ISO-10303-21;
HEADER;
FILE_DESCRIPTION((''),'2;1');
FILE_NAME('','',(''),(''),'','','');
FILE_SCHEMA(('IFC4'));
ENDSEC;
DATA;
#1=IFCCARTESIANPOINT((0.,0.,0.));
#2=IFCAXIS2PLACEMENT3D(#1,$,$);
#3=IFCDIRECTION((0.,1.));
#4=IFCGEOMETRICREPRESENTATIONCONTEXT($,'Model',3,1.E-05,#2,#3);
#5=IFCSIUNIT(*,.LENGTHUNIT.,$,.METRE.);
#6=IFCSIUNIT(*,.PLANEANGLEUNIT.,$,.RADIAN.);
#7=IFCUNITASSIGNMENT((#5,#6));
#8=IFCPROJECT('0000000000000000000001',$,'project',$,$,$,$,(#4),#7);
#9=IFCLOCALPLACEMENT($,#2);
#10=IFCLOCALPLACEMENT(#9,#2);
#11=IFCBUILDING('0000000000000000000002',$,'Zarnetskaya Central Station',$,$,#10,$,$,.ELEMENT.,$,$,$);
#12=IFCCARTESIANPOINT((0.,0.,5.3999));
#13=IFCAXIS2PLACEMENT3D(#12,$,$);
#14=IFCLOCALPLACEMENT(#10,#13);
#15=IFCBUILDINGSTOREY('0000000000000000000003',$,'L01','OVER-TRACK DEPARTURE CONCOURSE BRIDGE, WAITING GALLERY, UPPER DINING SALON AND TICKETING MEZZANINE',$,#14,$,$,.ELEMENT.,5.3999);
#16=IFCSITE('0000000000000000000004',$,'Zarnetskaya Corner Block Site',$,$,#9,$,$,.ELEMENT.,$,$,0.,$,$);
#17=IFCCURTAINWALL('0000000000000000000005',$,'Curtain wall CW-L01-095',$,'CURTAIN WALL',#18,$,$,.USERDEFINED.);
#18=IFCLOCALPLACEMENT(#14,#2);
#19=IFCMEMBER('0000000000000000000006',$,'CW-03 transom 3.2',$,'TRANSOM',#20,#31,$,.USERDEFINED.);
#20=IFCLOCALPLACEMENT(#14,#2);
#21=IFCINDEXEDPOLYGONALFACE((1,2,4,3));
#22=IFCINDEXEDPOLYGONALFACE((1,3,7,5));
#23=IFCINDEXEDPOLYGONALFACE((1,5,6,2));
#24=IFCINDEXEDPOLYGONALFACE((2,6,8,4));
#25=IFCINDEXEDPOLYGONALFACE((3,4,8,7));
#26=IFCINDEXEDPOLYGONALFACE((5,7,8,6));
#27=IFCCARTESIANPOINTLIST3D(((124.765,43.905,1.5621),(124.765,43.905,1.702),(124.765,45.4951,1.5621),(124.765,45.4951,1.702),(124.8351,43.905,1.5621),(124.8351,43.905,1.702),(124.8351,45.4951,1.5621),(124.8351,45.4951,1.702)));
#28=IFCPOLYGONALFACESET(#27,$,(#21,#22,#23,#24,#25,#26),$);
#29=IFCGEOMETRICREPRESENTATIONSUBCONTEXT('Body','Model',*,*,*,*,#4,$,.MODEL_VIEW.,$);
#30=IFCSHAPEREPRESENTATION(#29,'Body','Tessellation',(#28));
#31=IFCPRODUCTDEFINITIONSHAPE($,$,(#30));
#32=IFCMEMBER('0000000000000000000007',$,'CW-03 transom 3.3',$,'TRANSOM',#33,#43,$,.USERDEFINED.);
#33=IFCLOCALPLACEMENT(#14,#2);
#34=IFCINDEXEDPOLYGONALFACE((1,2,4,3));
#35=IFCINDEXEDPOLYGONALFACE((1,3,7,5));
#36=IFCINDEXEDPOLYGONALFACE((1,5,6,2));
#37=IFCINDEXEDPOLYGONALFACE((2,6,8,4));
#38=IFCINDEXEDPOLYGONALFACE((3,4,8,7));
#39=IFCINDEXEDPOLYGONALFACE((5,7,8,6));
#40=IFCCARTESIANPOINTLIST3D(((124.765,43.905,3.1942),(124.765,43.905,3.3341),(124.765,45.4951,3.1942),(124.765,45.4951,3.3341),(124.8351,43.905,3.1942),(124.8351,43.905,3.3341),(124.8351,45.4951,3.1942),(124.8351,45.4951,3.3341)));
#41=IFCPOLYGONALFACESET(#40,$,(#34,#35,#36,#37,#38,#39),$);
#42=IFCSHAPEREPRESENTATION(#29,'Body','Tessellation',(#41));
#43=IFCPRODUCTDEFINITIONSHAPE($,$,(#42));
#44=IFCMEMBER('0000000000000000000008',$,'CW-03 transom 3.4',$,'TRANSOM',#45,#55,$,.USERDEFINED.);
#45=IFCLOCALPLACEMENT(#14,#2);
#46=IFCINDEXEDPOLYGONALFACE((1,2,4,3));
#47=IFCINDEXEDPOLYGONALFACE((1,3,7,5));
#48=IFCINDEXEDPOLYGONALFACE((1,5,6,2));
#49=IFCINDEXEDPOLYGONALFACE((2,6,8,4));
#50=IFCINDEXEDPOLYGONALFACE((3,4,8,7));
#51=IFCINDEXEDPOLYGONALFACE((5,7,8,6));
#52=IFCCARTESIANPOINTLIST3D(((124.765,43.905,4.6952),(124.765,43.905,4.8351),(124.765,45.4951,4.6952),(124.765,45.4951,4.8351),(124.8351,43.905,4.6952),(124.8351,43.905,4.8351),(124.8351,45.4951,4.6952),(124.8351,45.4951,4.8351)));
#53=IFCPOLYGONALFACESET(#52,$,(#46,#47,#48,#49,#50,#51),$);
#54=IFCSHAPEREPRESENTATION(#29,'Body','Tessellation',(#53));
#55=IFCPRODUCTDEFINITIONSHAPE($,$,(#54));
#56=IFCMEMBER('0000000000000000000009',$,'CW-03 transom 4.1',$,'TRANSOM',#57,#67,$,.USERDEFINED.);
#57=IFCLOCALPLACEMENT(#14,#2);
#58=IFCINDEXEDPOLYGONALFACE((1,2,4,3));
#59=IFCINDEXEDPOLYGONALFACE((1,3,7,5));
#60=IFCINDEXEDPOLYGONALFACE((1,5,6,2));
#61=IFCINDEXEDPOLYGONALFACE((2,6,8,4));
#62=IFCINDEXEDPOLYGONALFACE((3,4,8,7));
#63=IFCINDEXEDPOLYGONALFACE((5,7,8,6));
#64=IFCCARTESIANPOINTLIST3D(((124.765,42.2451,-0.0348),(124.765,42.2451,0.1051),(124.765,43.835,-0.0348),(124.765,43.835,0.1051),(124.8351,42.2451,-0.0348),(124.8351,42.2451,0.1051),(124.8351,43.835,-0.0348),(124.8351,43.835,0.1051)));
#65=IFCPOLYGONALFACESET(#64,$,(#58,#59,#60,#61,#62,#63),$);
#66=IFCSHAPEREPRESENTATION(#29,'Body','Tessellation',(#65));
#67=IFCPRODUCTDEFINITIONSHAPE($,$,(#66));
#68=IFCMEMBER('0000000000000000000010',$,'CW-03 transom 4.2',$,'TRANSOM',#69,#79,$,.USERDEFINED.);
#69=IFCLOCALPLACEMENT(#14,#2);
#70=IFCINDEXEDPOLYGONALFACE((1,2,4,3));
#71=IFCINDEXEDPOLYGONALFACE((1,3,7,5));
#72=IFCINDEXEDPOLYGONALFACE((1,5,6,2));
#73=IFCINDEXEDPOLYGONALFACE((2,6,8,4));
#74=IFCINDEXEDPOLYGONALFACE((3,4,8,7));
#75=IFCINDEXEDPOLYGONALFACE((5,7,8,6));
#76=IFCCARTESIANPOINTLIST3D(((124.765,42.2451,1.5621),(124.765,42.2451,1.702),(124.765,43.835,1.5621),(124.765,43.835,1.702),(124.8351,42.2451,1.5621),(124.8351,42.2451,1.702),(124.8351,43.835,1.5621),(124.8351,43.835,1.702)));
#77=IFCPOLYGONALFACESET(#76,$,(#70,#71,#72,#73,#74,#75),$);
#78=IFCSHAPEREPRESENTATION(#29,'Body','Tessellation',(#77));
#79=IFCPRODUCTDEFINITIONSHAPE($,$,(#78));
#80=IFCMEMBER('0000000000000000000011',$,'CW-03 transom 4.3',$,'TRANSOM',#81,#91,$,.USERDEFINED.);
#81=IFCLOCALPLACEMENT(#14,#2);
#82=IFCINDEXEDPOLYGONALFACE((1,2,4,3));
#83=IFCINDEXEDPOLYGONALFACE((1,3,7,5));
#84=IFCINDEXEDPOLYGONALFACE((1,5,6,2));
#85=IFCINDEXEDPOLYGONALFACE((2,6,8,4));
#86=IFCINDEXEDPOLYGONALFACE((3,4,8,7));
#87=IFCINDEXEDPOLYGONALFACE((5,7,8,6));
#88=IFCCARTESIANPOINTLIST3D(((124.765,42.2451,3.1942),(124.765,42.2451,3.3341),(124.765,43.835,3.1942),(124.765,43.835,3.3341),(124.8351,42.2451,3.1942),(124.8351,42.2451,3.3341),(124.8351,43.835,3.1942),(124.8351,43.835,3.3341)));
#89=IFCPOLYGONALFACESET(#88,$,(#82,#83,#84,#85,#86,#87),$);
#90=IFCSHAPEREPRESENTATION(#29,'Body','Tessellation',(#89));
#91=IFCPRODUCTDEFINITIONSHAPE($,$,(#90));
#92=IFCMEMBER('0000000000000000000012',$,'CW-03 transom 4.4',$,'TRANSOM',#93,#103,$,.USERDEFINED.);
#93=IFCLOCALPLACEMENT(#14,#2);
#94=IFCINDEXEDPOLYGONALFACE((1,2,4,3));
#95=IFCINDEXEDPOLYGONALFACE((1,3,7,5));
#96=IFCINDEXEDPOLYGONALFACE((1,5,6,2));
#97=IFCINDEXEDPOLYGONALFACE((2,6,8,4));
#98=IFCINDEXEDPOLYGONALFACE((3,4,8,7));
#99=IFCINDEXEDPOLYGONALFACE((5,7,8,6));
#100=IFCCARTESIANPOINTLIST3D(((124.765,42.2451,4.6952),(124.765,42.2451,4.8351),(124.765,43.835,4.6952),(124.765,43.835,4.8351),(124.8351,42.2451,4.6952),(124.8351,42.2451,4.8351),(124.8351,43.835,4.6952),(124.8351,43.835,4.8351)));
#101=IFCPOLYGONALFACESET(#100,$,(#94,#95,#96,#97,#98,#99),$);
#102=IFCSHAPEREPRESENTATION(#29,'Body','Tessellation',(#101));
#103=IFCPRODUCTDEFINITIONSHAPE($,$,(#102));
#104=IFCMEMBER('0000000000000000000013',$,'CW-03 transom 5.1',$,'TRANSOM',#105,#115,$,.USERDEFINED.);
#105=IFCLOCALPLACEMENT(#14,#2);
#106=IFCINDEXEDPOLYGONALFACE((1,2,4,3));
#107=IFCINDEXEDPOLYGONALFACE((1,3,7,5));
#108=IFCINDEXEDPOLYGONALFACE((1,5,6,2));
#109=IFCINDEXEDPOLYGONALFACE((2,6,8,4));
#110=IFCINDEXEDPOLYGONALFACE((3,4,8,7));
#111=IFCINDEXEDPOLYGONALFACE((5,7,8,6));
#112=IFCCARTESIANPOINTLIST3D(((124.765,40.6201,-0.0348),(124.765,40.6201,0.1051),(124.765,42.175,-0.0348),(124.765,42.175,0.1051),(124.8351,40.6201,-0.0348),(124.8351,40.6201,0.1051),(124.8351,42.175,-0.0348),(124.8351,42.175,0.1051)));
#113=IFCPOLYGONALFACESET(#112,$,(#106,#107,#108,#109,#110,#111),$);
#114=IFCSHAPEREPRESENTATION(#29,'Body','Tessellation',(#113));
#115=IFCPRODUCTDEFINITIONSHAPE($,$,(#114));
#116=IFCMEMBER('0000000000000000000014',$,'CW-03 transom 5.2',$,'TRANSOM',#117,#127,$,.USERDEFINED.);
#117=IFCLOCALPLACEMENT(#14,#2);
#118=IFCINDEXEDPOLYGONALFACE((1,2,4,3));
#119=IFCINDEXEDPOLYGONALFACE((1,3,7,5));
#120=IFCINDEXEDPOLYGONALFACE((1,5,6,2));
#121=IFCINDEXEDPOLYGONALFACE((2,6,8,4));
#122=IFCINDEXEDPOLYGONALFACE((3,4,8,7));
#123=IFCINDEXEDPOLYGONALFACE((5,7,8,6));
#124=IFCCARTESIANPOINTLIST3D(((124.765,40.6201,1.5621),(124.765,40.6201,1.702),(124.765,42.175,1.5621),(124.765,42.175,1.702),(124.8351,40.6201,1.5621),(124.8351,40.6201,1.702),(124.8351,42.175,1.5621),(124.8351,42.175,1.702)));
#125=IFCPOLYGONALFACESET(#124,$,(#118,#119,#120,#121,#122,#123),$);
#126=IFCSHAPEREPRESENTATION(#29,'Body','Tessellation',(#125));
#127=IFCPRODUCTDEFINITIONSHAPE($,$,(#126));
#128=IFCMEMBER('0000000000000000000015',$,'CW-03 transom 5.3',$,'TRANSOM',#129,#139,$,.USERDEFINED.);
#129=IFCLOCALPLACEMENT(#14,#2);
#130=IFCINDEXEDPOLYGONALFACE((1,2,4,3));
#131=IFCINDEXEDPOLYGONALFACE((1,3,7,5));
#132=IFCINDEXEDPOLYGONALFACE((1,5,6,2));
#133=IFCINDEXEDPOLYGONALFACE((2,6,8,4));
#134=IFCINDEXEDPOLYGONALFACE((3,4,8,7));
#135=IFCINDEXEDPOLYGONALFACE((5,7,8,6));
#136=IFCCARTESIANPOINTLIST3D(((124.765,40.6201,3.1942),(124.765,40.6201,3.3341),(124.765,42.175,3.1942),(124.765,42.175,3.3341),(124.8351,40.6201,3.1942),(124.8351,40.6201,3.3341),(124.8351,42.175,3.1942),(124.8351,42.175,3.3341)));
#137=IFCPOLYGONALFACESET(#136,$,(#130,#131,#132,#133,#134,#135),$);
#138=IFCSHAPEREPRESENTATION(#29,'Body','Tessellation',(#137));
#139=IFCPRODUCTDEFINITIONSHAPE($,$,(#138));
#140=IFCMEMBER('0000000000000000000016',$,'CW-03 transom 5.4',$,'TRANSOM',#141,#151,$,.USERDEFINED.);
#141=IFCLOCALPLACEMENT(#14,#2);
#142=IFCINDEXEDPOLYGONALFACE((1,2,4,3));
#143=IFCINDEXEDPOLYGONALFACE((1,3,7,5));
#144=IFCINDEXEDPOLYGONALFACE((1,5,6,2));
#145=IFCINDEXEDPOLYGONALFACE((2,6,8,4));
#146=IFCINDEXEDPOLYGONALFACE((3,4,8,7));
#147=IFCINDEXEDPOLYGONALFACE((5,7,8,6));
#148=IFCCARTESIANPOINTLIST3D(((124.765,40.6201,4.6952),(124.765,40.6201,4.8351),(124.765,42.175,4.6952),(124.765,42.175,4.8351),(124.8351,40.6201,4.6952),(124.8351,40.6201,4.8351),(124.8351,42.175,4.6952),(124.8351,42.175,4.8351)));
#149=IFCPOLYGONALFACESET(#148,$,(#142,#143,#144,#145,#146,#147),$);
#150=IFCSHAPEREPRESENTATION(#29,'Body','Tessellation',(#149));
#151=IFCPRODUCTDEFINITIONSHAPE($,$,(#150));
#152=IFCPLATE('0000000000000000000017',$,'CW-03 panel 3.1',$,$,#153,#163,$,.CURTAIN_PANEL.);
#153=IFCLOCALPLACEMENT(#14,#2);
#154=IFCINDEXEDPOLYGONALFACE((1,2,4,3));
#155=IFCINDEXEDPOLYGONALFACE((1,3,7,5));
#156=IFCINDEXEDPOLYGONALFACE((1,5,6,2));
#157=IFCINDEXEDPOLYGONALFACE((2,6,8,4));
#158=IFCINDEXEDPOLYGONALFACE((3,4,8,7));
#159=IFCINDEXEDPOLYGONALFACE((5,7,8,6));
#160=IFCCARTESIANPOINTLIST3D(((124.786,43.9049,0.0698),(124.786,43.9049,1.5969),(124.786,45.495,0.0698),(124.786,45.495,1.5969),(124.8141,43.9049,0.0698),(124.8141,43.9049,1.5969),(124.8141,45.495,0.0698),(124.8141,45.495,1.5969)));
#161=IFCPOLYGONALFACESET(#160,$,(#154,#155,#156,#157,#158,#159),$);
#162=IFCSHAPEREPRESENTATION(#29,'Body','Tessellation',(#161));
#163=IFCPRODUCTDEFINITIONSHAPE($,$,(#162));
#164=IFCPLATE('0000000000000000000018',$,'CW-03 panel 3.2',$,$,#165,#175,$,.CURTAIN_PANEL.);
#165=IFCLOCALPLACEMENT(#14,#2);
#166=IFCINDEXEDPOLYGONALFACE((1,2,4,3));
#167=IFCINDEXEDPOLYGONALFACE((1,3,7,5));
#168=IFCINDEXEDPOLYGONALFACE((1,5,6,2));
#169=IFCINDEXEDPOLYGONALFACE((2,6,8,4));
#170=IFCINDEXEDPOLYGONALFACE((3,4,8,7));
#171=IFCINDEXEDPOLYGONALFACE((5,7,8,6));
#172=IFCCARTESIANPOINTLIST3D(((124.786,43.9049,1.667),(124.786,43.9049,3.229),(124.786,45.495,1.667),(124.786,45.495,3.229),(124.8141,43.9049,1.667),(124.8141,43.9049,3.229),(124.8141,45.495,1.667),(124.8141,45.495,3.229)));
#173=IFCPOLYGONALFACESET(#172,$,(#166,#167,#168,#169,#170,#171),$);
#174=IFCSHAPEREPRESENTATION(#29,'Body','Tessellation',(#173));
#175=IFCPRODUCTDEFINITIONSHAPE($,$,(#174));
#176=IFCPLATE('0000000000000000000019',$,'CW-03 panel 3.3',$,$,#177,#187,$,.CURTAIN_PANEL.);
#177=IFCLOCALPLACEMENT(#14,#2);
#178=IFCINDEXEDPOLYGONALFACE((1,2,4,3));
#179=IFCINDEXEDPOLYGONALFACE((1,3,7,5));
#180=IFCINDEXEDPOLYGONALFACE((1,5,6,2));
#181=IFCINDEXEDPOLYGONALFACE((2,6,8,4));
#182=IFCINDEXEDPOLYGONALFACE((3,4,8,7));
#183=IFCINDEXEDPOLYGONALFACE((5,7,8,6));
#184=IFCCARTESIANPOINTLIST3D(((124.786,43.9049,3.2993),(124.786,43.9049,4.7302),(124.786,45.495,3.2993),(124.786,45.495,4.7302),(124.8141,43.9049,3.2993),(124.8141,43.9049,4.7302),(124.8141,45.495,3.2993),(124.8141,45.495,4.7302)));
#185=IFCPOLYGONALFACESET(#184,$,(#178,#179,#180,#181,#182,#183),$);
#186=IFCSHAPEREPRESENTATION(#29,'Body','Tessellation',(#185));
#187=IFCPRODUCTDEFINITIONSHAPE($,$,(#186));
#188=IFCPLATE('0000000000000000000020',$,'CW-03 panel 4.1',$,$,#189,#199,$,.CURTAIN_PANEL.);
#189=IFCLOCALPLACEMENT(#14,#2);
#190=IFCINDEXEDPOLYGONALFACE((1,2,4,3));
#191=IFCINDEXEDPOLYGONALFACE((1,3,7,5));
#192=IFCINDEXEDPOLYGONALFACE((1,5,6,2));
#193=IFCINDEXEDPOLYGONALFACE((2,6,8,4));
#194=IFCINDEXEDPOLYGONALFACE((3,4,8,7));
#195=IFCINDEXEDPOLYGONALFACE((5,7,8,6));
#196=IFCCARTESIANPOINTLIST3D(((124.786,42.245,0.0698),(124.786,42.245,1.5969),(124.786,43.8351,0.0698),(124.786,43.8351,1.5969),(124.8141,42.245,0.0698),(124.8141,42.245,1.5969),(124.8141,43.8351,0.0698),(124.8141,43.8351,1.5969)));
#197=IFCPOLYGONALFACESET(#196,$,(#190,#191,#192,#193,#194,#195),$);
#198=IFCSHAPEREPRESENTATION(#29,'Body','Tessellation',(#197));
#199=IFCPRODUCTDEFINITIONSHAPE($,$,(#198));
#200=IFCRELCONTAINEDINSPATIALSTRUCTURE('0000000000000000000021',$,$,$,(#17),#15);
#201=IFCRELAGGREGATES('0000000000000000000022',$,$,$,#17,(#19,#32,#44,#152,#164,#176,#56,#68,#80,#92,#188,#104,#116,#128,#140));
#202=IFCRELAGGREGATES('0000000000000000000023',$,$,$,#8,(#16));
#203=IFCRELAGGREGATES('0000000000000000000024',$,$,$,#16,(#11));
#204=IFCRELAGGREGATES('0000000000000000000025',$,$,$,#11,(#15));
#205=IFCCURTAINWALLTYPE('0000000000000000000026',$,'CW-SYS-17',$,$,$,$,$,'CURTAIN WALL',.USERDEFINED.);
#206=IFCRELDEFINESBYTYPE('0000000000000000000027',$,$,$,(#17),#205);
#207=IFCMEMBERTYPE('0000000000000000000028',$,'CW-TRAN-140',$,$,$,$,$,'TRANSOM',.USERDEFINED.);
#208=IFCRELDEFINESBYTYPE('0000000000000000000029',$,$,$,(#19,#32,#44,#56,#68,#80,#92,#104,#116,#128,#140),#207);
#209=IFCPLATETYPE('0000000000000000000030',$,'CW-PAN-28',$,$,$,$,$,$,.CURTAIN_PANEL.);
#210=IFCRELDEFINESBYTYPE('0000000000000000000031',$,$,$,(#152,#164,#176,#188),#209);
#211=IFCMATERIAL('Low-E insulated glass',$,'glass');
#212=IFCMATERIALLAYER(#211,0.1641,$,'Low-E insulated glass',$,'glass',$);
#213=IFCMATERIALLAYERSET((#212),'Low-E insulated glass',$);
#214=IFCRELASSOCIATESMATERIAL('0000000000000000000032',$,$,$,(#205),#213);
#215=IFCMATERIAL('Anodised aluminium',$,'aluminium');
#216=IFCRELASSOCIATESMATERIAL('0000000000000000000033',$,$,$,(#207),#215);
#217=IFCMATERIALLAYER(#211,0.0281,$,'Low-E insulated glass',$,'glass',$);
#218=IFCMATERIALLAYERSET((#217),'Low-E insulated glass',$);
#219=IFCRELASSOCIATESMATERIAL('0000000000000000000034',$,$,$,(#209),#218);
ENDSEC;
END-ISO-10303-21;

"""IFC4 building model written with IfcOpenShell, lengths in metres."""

from ifc_helpers import new_model, si_unit, direction, frame, origin, origin_2d, place, context, subcontext, project, spatial, rectangle, extrude, material, layer, layer_set, material_profile, profile_set, type_object, element, aggregate, save


model = new_model("IFC4")

# Units and contexts
model_context = context("Model", 3, precision=1e-05, world=origin(), true_north=direction((0.0, 1.0)))
body_context = subcontext(model_context, "Body", "Model", "MODEL_VIEW")
ifc_project = project(units=[si_unit("LENGTHUNIT", "METRE"), si_unit("PLANEANGLEUNIT", "RADIAN")], contexts=[model_context])

# Site, building, storey
site_placement = place(None, origin())
site = spatial("IfcSite", under=ifc_project, at=site_placement, Name="Zarnetskaya Corner Block Site", CompositionType="ELEMENT", RefElevation=0.0)
building_placement = place(site_placement, origin())
building = spatial("IfcBuilding", under=site, at=building_placement, Name="Zarnetskaya Central Station", CompositionType="ELEMENT")
storey_placement = place(building_placement, frame((0.0, 0.0, 5.3999)))
storey = spatial("IfcBuildingStorey", under=building, at=storey_placement, Name="L01", Description="OVER-TRACK DEPARTURE CONCOURSE BRIDGE, WAITING GALLERY, UPPER DINING SALON AND TICKETING MEZZANINE", CompositionType="ELEMENT", Elevation=5.3999)

# Curtain wall, members, plates
ifc_material_1 = material(Name="Low-E insulated glass", Category="glass")
ifc_layer_1 = layer(ifc_material_1, 0.1641, Name="Low-E insulated glass", Category="glass")
ifc_layer_set_1 = layer_set([ifc_layer_1], Name="Low-E insulated glass")
curtain_wall_type = type_object("IfcCurtainWallType", Name="CW-SYS-17", ElementType="CURTAIN WALL", PredefinedType="USERDEFINED", material=ifc_layer_set_1)
curtain_wall_placement = place(storey_placement, origin())
curtain_wall = element("IfcCurtainWall", 1, at=curtain_wall_placement, inside=storey, type_object=curtain_wall_type, Name="Curtain wall CW-L01-095", ObjectType="CURTAIN WALL", PredefinedType="USERDEFINED")
ifc_material_2 = material(Name="Anodised aluminium", Category="aluminium")
ifc_material_profile_1 = material_profile(ifc_material_2, rectangle(XDim=0.0701, YDim=0.1399, at=origin_2d()), Name="ALU TRAN 70x140")
ifc_profile_set_1 = profile_set([ifc_material_profile_1], Name="Anodised aluminium")
member_type_1 = type_object("IfcMemberType", Name="CW-TRAN-140", ElementType="TRANSOM", PredefinedType="USERDEFINED", material=ifc_profile_set_1)
member_1_placement = place(storey_placement, frame((124.8, 45.4951, 1.6321), z_axis=(0.0, -1.0, 0.0), x_axis=(1.0, 0.0, 0.0)))
member_1 = element("IfcMember", 2, at=member_1_placement, type_object=member_type_1, Name="CW-03 transom 3.2", ObjectType="TRANSOM", PredefinedType="USERDEFINED", context=body_context, shape_type="SweptSolid", body=[
    extrude(rectangle(XDim=0.0701, YDim=0.1399, at=origin_2d()), origin(), (0.0, 0.0, 1.0), 1.5901),
])
member_2_placement = place(storey_placement, frame((124.8, 45.4951, 3.2642), z_axis=(0.0, -1.0, 0.0), x_axis=(1.0, 0.0, 0.0)))
member_2 = element("IfcMember", 3, at=member_2_placement, type_object=member_type_1, Name="CW-03 transom 3.3", ObjectType="TRANSOM", PredefinedType="USERDEFINED", context=body_context, shape_type="SweptSolid", body=[
    extrude(rectangle(XDim=0.0701, YDim=0.1399, at=origin_2d()), origin(), (0.0, 0.0, 1.0), 1.5901),
])
member_3_placement = place(storey_placement, frame((124.8, 45.4951, 4.7651), z_axis=(0.0, -1.0, 0.0), x_axis=(1.0, 0.0, 0.0)))
member_3 = element("IfcMember", 4, at=member_3_placement, type_object=member_type_1, Name="CW-03 transom 3.4", ObjectType="TRANSOM", PredefinedType="USERDEFINED", context=body_context, shape_type="SweptSolid", body=[
    extrude(rectangle(XDim=0.0701, YDim=0.1399, at=origin_2d()), origin(), (0.0, 0.0, 1.0), 1.5901),
])
member_4_placement = place(storey_placement, frame((124.8, 43.835, 0.0352), z_axis=(0.0, -1.0, 0.0), x_axis=(1.0, 0.0, 0.0)))
member_4 = element("IfcMember", 5, at=member_4_placement, type_object=member_type_1, Name="CW-03 transom 4.1", ObjectType="TRANSOM", PredefinedType="USERDEFINED", context=body_context, shape_type="SweptSolid", body=[
    extrude(rectangle(XDim=0.0701, YDim=0.1399, at=origin_2d()), origin(), (0.0, 0.0, 1.0), 1.5898),
])
member_5_placement = place(storey_placement, frame((124.8, 43.835, 1.6321), z_axis=(0.0, -1.0, 0.0), x_axis=(1.0, 0.0, 0.0)))
member_5 = element("IfcMember", 6, at=member_5_placement, type_object=member_type_1, Name="CW-03 transom 4.2", ObjectType="TRANSOM", PredefinedType="USERDEFINED", context=body_context, shape_type="SweptSolid", body=[
    extrude(rectangle(XDim=0.0701, YDim=0.1399, at=origin_2d()), origin(), (0.0, 0.0, 1.0), 1.5898),
])
member_6_placement = place(storey_placement, frame((124.8, 43.835, 3.2642), z_axis=(0.0, -1.0, 0.0), x_axis=(1.0, 0.0, 0.0)))
member_6 = element("IfcMember", 7, at=member_6_placement, type_object=member_type_1, Name="CW-03 transom 4.3", ObjectType="TRANSOM", PredefinedType="USERDEFINED", context=body_context, shape_type="SweptSolid", body=[
    extrude(rectangle(XDim=0.0701, YDim=0.1399, at=origin_2d()), origin(), (0.0, 0.0, 1.0), 1.5898),
])
member_7_placement = place(storey_placement, frame((124.8, 43.835, 4.7651), z_axis=(0.0, -1.0, 0.0), x_axis=(1.0, 0.0, 0.0)))
member_7 = element("IfcMember", 8, at=member_7_placement, type_object=member_type_1, Name="CW-03 transom 4.4", ObjectType="TRANSOM", PredefinedType="USERDEFINED", context=body_context, shape_type="SweptSolid", body=[
    extrude(rectangle(XDim=0.0701, YDim=0.1399, at=origin_2d()), origin(), (0.0, 0.0, 1.0), 1.5898),
])
member_8_placement = place(storey_placement, frame((124.8, 42.175, 0.0352), z_axis=(0.0, -1.0, 0.0), x_axis=(1.0, 0.0, 0.0)))
member_8 = element("IfcMember", 9, at=member_8_placement, type_object=member_type_1, Name="CW-03 transom 5.1", ObjectType="TRANSOM", PredefinedType="USERDEFINED", context=body_context, shape_type="SweptSolid", body=[
    extrude(rectangle(XDim=0.0701, YDim=0.1399, at=origin_2d()), origin(), (0.0, 0.0, 1.0), 1.5549),
])
member_9_placement = place(storey_placement, frame((124.8, 42.175, 1.6321), z_axis=(0.0, -1.0, 0.0), x_axis=(1.0, 0.0, 0.0)))
member_9 = element("IfcMember", 10, at=member_9_placement, type_object=member_type_1, Name="CW-03 transom 5.2", ObjectType="TRANSOM", PredefinedType="USERDEFINED", context=body_context, shape_type="SweptSolid", body=[
    extrude(rectangle(XDim=0.0701, YDim=0.1399, at=origin_2d()), origin(), (0.0, 0.0, 1.0), 1.5549),
])
member_10_placement = place(storey_placement, frame((124.8, 42.175, 3.2642), z_axis=(0.0, -1.0, 0.0), x_axis=(1.0, 0.0, 0.0)))
member_10 = element("IfcMember", 11, at=member_10_placement, type_object=member_type_1, Name="CW-03 transom 5.3", ObjectType="TRANSOM", PredefinedType="USERDEFINED", context=body_context, shape_type="SweptSolid", body=[
    extrude(rectangle(XDim=0.0701, YDim=0.1399, at=origin_2d()), origin(), (0.0, 0.0, 1.0), 1.5549),
])
member_11_placement = place(storey_placement, frame((124.8, 42.175, 4.7651), z_axis=(0.0, -1.0, 0.0), x_axis=(1.0, 0.0, 0.0)))
member_11 = element("IfcMember", 12, at=member_11_placement, type_object=member_type_1, Name="CW-03 transom 5.4", ObjectType="TRANSOM", PredefinedType="USERDEFINED", context=body_context, shape_type="SweptSolid", body=[
    extrude(rectangle(XDim=0.0701, YDim=0.1399, at=origin_2d()), origin(), (0.0, 0.0, 1.0), 1.5549),
])
ifc_layer_2 = layer(ifc_material_1, 0.0281, Name="Low-E insulated glass", Category="glass")
ifc_layer_set_2 = layer_set([ifc_layer_2], Name="Low-E insulated glass")
plate_type = type_object("IfcPlateType", Name="CW-PAN-28", PredefinedType="CURTAIN_PANEL", material=ifc_layer_set_2)
plate_1_placement = place(storey_placement, frame((124.8, 44.7, 0.0698), z_axis=(0.0, 0.0, 1.0), x_axis=(0.0, -1.0, 0.0)))
plate_1 = element("IfcPlate", 13, at=plate_1_placement, type_object=plate_type, Name="CW-03 panel 3.1", PredefinedType="CURTAIN_PANEL", context=body_context, shape_type="SweptSolid", body=[
    extrude(rectangle(XDim=1.5901, YDim=0.0281, at=origin_2d()), origin(), (0.0, 0.0, 1.0), 1.5271),
])
plate_2_placement = place(storey_placement, frame((124.8, 44.7, 1.667), z_axis=(0.0, 0.0, 1.0), x_axis=(0.0, -1.0, 0.0)))
plate_2 = element("IfcPlate", 14, at=plate_2_placement, type_object=plate_type, Name="CW-03 panel 3.2", PredefinedType="CURTAIN_PANEL", context=body_context, shape_type="SweptSolid", body=[
    extrude(rectangle(XDim=1.5901, YDim=0.0281, at=origin_2d()), origin(), (0.0, 0.0, 1.0), 1.562),
])
plate_3_placement = place(storey_placement, frame((124.8, 44.7, 3.2993), z_axis=(0.0, 0.0, 1.0), x_axis=(0.0, -1.0, 0.0)))
plate_3 = element("IfcPlate", 15, at=plate_3_placement, type_object=plate_type, Name="CW-03 panel 3.3", PredefinedType="CURTAIN_PANEL", context=body_context, shape_type="SweptSolid", body=[
    extrude(rectangle(XDim=1.5901, YDim=0.0281, at=origin_2d()), origin(), (0.0, 0.0, 1.0), 1.4309),
])
plate_4_placement = place(storey_placement, frame((124.8, 43.04, 0.0698), z_axis=(0.0, 0.0, 1.0), x_axis=(0.0, -1.0, 0.0)))
plate_4 = element("IfcPlate", 16, at=plate_4_placement, type_object=plate_type, Name="CW-03 panel 4.1", PredefinedType="CURTAIN_PANEL", context=body_context, shape_type="SweptSolid", body=[
    extrude(rectangle(XDim=1.5901, YDim=0.0281, at=origin_2d()), origin(), (0.0, 0.0, 1.0), 1.5271),
])
aggregate(curtain_wall, [member_1, member_2, member_3, plate_1, plate_2, plate_3, member_4, member_5, member_6, member_7, plate_4, member_8, member_9, member_10, member_11])

save(model, "model.ifc")
